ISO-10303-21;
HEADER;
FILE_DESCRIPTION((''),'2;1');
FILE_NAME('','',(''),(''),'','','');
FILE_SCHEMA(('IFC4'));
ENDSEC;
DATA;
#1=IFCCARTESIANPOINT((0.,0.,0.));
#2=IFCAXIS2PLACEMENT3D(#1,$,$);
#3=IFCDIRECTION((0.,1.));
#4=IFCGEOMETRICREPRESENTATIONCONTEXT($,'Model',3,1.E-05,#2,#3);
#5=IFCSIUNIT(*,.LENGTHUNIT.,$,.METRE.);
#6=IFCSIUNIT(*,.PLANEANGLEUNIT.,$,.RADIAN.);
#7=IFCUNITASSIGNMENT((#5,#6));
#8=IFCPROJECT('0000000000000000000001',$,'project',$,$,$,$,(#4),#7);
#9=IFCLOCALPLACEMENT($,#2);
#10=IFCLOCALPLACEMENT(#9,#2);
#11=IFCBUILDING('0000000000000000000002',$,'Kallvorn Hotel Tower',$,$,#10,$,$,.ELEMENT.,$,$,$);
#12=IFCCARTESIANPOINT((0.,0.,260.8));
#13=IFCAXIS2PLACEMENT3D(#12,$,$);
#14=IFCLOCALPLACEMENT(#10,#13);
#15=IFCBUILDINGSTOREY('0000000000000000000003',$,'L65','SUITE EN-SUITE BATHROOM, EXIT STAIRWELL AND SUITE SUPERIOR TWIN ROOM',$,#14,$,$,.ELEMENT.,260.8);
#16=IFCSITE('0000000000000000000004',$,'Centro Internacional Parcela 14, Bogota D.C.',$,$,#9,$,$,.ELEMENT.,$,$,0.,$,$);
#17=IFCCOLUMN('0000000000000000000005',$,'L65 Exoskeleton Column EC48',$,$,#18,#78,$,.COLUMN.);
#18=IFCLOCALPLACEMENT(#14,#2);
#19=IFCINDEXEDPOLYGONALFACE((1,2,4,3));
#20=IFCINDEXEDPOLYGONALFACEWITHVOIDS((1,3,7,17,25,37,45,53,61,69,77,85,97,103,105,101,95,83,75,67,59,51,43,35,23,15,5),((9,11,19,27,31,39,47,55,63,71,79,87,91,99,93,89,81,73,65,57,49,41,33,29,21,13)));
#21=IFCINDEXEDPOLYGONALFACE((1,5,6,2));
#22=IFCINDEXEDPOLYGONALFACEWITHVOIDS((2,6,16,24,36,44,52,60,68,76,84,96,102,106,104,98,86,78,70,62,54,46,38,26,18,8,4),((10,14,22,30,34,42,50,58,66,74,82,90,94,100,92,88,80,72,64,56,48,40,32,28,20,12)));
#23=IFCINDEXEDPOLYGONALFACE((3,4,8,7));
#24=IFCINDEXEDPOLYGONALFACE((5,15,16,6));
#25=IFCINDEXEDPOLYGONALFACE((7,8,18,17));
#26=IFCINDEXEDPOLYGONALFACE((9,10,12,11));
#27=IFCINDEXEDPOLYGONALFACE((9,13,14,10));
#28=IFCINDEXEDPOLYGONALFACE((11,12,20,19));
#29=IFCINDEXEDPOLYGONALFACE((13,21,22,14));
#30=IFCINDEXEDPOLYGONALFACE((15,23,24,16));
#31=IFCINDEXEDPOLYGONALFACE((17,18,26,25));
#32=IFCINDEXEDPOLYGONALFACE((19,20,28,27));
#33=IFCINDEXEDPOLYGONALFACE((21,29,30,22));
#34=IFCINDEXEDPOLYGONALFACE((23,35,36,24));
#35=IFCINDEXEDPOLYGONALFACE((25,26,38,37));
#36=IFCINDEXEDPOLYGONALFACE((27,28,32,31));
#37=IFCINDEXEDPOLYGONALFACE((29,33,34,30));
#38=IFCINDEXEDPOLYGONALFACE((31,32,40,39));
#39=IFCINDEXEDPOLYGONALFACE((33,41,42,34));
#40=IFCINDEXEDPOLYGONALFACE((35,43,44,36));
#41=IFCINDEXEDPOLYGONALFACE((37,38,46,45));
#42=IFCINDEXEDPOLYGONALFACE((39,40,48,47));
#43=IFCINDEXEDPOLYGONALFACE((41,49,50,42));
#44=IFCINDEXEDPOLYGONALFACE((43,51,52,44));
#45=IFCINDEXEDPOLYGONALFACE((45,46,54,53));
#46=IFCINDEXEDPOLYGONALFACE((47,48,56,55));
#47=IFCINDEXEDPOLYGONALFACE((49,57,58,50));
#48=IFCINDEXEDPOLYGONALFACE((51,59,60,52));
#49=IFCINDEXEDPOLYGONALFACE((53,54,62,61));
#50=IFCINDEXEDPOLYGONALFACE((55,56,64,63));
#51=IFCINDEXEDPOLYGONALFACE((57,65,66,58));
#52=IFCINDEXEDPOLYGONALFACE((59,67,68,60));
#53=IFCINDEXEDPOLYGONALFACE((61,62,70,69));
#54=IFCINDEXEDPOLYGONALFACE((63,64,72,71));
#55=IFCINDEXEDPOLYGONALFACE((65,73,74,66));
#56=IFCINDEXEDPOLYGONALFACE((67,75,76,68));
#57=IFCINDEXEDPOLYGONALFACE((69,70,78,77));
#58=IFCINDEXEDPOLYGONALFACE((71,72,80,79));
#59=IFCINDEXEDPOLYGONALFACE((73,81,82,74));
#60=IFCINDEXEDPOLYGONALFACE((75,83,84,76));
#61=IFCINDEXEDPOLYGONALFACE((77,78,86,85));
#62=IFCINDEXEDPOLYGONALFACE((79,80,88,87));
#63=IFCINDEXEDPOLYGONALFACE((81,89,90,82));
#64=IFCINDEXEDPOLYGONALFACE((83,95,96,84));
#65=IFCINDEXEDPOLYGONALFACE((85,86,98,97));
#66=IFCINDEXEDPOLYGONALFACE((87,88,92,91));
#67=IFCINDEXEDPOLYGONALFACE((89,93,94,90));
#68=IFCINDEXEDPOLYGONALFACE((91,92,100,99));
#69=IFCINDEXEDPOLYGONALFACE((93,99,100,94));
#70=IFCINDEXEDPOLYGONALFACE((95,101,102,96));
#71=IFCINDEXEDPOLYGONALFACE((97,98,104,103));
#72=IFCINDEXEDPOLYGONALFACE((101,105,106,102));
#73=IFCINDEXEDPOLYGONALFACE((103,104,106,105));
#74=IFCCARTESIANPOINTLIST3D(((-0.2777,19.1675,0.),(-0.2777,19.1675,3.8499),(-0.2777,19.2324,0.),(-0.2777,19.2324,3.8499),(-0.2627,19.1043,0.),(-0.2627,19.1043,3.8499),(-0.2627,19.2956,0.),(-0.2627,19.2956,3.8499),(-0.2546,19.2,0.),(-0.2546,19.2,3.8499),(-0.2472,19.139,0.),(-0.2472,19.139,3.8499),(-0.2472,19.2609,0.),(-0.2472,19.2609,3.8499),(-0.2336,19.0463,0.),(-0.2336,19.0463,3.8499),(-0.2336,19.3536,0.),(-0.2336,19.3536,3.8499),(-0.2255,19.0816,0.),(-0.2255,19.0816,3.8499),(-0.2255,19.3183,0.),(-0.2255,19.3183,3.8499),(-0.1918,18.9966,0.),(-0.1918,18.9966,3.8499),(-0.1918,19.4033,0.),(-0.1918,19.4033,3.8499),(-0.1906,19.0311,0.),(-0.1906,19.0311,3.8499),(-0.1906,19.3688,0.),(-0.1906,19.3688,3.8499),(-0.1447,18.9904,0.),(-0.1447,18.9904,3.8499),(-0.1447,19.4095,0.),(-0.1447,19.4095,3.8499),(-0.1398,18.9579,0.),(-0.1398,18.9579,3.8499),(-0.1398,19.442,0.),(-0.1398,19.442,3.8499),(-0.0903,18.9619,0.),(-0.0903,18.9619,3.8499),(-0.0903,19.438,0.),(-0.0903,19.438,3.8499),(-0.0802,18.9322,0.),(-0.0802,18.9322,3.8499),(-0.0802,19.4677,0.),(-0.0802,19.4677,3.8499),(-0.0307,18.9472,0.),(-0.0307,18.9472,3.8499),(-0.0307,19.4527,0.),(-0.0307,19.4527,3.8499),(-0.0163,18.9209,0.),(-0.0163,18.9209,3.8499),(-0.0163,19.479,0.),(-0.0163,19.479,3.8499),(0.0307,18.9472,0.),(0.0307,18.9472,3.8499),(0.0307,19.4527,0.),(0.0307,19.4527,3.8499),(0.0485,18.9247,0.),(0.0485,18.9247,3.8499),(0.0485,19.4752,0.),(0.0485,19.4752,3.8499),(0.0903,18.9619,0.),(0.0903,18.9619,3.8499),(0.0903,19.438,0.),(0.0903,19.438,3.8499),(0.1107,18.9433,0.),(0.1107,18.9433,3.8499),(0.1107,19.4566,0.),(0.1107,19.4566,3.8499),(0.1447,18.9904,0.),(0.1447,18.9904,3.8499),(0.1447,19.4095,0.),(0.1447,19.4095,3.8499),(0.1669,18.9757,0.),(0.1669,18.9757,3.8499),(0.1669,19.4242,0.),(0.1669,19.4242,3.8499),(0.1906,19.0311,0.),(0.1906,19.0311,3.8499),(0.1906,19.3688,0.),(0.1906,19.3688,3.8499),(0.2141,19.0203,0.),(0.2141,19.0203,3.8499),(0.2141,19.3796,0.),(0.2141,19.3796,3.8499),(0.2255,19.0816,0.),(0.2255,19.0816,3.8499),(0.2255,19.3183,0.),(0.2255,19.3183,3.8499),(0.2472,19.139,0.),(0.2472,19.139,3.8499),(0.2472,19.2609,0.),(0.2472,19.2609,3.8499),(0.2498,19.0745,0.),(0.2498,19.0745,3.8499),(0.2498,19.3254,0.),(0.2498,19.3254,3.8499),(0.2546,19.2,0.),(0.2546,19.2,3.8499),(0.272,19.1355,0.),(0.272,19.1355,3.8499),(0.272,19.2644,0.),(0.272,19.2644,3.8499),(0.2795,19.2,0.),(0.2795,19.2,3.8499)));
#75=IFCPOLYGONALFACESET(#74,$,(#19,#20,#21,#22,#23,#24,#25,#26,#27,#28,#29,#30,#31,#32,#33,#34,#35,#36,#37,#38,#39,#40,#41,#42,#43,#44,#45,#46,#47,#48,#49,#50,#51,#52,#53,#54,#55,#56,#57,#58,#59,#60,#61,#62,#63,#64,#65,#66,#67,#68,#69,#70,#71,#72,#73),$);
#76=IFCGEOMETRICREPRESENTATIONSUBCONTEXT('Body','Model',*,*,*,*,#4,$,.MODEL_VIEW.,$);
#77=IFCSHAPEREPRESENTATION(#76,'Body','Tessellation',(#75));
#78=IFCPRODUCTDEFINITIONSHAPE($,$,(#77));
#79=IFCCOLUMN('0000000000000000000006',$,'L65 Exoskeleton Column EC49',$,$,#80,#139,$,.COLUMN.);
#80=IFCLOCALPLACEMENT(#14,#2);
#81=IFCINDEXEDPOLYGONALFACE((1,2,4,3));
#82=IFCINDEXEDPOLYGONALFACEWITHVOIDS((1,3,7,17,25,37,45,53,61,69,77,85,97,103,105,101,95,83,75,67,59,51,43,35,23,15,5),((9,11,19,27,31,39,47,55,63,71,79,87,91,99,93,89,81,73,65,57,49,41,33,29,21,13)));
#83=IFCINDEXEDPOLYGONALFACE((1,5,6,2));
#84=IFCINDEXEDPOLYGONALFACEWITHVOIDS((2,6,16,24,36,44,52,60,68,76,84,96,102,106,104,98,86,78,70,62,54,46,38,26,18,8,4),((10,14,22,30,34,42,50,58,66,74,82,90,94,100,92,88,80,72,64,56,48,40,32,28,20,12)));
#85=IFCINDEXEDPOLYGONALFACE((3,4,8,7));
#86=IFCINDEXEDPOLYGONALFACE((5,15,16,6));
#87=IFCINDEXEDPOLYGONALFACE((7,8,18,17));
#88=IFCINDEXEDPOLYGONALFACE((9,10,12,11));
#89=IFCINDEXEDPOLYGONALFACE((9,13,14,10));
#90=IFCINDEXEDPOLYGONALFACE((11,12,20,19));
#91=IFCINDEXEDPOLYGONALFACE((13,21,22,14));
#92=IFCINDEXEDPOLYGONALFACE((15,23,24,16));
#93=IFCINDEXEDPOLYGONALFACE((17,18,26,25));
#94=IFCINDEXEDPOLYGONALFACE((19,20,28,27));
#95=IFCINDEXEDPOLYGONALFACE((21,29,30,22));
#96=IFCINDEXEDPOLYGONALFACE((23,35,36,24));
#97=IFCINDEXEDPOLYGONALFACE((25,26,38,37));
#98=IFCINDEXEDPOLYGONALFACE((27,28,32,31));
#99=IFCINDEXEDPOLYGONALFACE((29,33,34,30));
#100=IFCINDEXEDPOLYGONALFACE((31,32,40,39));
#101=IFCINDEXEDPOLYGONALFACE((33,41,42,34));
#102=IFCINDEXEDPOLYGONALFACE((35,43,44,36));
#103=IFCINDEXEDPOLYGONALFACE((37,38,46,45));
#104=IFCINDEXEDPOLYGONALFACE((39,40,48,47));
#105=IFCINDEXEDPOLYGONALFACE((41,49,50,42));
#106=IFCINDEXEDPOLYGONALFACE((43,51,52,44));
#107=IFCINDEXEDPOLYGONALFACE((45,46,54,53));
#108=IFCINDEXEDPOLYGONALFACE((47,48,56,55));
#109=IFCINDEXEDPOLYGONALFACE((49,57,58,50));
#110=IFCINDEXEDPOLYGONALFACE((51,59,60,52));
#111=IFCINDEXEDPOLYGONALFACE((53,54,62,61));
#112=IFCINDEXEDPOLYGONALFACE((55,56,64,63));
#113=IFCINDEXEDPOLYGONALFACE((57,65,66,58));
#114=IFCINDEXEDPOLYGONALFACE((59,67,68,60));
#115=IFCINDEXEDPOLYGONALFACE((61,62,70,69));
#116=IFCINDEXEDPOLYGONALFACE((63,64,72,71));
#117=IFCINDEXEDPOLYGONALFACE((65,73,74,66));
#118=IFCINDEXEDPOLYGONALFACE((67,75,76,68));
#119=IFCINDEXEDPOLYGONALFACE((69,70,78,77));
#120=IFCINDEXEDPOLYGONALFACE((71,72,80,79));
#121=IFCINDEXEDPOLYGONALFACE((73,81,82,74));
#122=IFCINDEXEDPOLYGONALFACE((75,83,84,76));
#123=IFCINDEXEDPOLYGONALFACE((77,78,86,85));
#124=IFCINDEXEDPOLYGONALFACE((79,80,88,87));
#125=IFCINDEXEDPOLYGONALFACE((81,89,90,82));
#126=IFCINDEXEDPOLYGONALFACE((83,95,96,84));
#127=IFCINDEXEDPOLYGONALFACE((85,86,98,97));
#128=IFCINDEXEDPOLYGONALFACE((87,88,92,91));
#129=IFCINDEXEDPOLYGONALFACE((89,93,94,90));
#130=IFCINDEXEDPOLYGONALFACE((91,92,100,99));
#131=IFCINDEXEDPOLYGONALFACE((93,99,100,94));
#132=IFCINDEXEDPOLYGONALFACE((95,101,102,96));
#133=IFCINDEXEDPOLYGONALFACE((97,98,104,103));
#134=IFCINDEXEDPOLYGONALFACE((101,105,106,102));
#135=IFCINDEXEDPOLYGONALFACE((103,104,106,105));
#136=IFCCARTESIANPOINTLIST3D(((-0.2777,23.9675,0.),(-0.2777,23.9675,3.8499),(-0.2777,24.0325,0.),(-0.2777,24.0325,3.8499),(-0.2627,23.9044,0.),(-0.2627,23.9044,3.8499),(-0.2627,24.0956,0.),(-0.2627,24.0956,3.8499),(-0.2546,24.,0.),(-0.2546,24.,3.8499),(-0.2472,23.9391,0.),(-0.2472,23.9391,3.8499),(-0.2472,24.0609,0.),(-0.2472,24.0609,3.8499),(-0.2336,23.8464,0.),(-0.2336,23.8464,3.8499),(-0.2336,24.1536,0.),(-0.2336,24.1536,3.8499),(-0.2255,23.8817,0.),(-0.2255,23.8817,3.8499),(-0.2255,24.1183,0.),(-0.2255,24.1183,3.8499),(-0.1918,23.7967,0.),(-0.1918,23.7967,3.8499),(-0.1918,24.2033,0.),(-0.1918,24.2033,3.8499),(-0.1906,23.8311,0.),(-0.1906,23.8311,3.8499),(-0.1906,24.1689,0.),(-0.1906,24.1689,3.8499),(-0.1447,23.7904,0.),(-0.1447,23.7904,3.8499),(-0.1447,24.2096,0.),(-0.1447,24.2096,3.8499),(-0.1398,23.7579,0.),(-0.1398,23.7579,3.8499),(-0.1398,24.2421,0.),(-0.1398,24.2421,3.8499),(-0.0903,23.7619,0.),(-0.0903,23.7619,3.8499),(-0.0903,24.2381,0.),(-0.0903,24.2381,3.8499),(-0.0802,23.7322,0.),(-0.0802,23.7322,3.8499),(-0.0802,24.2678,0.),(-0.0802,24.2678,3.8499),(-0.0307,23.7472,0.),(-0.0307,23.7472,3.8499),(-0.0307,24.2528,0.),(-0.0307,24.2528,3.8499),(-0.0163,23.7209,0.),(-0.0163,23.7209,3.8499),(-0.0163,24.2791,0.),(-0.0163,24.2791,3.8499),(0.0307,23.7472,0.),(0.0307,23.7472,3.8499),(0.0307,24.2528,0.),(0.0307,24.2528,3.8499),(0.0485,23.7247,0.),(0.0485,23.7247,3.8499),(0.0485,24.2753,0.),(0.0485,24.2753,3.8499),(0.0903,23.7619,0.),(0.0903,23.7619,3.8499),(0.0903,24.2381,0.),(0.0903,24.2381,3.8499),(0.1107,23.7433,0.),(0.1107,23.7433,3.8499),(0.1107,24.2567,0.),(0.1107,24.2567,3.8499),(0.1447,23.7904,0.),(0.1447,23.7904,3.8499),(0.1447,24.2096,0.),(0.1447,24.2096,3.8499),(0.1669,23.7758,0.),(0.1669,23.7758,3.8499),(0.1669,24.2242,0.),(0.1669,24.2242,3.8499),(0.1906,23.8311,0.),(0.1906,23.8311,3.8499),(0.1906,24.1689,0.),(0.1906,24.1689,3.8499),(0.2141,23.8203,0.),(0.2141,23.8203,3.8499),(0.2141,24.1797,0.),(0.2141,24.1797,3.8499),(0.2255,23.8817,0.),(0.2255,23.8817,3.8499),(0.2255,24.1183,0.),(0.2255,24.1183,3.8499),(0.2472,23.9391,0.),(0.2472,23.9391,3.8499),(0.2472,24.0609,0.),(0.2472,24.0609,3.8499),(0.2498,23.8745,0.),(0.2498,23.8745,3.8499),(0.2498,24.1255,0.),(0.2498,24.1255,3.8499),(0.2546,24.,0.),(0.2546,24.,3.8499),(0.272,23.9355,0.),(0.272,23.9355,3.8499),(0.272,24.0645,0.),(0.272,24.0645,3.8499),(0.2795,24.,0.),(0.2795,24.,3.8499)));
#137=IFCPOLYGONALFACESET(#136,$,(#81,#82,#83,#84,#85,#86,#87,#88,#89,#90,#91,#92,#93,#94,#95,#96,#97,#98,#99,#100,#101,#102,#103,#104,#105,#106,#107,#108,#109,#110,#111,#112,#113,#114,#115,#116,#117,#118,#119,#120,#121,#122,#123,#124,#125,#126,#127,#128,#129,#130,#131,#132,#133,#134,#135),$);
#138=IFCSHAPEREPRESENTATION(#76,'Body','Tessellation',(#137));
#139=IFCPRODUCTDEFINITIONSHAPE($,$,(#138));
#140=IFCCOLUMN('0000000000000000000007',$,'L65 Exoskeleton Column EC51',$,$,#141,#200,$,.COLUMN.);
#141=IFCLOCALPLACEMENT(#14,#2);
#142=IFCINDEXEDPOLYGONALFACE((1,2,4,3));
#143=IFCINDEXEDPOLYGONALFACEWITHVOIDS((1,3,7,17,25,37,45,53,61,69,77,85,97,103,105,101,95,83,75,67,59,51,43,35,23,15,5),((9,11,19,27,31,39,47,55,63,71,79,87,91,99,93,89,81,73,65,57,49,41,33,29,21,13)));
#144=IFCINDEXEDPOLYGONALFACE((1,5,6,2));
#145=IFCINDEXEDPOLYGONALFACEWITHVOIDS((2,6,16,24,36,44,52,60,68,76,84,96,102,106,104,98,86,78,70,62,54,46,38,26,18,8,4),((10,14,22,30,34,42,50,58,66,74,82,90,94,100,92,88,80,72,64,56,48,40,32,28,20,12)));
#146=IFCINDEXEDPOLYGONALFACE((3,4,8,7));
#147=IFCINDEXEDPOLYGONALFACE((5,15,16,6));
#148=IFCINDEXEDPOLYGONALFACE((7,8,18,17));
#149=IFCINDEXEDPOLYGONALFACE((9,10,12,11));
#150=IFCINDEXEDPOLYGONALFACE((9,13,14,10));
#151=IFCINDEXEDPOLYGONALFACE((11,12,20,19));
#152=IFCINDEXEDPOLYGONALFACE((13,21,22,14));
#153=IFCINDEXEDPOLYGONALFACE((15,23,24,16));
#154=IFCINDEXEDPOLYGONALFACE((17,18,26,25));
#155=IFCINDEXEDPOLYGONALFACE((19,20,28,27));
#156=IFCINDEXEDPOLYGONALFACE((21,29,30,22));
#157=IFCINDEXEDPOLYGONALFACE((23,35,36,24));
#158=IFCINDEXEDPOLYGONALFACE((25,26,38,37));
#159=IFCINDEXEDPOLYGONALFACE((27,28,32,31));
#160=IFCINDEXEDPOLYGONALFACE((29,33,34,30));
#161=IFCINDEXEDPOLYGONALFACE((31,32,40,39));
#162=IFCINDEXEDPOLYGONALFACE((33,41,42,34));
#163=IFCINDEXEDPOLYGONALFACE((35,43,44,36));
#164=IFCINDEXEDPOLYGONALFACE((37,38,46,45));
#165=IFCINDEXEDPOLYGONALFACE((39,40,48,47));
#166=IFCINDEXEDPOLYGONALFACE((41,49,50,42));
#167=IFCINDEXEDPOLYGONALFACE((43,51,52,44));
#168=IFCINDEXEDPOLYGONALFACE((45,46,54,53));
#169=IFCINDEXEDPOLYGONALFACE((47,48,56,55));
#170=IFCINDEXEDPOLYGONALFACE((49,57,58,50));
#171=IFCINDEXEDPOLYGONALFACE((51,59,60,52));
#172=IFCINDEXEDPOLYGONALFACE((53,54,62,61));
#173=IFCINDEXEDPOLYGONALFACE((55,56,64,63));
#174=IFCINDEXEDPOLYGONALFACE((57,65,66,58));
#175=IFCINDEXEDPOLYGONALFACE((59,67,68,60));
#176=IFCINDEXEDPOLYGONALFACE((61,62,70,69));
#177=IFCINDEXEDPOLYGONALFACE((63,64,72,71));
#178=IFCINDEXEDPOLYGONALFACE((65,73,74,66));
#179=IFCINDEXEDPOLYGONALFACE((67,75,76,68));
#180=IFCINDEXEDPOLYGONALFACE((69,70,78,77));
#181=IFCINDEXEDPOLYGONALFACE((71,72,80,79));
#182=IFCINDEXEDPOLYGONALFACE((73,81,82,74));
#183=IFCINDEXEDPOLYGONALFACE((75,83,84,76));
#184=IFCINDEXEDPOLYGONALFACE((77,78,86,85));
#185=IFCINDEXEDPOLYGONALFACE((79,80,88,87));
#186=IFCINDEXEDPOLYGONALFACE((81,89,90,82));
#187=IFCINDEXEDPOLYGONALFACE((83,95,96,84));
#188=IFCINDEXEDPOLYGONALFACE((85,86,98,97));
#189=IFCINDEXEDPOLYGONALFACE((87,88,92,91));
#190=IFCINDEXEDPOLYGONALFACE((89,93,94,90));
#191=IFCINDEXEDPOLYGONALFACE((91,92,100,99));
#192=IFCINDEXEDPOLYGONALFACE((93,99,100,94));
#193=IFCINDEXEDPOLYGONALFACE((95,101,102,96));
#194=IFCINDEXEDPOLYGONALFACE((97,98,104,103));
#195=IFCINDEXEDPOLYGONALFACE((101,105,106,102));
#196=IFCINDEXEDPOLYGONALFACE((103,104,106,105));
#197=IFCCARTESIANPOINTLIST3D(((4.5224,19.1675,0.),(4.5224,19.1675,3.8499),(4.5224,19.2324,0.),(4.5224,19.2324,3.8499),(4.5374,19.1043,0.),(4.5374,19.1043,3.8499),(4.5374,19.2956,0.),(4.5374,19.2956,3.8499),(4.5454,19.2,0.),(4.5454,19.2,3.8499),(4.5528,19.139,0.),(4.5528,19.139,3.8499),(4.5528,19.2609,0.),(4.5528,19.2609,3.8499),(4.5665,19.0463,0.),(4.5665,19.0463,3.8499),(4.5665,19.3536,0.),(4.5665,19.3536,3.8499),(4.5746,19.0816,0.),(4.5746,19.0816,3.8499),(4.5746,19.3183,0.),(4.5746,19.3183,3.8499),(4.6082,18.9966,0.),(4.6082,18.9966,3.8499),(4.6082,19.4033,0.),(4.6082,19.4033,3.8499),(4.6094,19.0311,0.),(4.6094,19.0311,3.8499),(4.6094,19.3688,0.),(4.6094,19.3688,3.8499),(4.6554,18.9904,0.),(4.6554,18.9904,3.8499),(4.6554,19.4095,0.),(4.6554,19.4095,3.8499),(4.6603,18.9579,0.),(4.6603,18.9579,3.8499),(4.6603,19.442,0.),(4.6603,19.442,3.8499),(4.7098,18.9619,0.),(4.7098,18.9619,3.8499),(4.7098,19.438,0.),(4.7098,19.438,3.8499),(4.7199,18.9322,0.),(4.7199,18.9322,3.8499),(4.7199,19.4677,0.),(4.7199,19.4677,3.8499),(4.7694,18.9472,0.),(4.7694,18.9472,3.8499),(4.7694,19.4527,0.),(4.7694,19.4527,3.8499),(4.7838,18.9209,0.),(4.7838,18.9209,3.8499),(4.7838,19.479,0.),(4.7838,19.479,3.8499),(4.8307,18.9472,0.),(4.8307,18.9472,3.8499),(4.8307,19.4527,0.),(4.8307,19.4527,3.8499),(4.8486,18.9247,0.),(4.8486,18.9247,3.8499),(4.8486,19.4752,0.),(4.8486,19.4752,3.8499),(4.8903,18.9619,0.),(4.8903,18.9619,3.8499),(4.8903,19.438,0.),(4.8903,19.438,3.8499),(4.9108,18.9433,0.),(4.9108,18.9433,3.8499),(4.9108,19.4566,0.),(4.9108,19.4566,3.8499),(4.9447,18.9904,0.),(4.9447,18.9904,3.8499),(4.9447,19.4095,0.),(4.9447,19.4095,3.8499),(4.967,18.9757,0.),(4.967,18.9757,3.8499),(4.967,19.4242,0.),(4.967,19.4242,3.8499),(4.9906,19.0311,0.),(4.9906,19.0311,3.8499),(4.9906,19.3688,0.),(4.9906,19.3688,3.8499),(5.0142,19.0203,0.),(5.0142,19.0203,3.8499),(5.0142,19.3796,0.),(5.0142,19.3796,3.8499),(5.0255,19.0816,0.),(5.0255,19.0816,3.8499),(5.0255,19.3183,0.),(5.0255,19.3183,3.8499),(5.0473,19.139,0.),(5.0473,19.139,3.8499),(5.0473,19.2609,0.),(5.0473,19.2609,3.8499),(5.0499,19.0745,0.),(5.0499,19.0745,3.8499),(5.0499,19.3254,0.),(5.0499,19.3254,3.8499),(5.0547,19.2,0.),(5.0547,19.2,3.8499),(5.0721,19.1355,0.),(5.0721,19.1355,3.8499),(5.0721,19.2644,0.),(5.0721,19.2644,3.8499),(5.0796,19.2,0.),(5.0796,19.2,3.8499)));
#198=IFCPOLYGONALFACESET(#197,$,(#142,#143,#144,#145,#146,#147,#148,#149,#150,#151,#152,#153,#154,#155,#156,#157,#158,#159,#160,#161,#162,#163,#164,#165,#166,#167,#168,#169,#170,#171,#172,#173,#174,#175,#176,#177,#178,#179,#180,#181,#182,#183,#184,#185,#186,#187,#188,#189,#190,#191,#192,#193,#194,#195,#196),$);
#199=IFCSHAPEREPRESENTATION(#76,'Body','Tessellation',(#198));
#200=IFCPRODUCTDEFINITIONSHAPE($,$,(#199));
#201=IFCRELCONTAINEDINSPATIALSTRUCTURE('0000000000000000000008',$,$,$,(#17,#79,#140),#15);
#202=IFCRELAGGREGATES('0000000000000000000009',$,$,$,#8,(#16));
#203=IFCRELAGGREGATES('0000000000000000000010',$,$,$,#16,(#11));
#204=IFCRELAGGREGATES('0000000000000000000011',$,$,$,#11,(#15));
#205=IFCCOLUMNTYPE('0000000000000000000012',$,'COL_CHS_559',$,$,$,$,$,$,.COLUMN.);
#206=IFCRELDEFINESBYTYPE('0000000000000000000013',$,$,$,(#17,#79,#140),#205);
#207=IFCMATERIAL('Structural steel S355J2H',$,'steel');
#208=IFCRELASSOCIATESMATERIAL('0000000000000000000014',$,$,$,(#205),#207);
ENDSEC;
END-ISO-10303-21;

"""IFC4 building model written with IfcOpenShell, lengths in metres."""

from ifc_helpers import new_model, si_unit, direction, frame, origin, origin_2d, place, context, subcontext, project, spatial, hollow_circle, extrude, material, material_profile, profile_set, type_object, element, save


model = new_model("IFC4")

# Units and contexts
model_context = context("Model", 3, precision=1e-05, world=origin(), true_north=direction((0.0, 1.0)))
body_context = subcontext(model_context, "Body", "Model", "MODEL_VIEW")
ifc_project = project(units=[si_unit("LENGTHUNIT", "METRE"), si_unit("PLANEANGLEUNIT", "RADIAN")], contexts=[model_context])

# Site, building, storey
site_placement = place(None, origin())
site = spatial("IfcSite", under=ifc_project, at=site_placement, Name="Centro Internacional Parcela 14, Bogota D.C.", CompositionType="ELEMENT", RefElevation=0.0)
building_placement = place(site_placement, origin())
building = spatial("IfcBuilding", under=site, at=building_placement, Name="Kallvorn Hotel Tower", CompositionType="ELEMENT")
storey_placement = place(building_placement, frame((0.0, 0.0, 260.8)))
storey = spatial("IfcBuildingStorey", under=building, at=storey_placement, Name="L65", Description="SUITE EN-SUITE BATHROOM, EXIT STAIRWELL AND SUITE SUPERIOR TWIN ROOM", CompositionType="ELEMENT", Elevation=260.8)

# Columns
ifc_material_1 = material(Name="Structural steel S355J2H", Category="steel")
ifc_material_profile_1 = material_profile(ifc_material_1, hollow_circle(Radius=0.2795, WallThickness=0.0249, at=origin_2d()), Name="CHS 559x25")
ifc_profile_set_1 = profile_set([ifc_material_profile_1], Name="Structural steel S355J2H")
column_type_1 = type_object("IfcColumnType", Name="COL_CHS_559", PredefinedType="COLUMN", material=ifc_profile_set_1)
for number, where, z_axis, x_axis, name in (
    (1, (0.0, 19.2, 0.0), (0.0, 0.0, 1.0), (1.0, 0.0, 0.0), "L65 Exoskeleton Column EC48"),
    (2, (0.0, 24.0, 0.0), (0.0, 0.0, 1.0), (1.0, 0.0, 0.0), "L65 Exoskeleton Column EC49"),
    (3, (4.8, 19.2, 0.0), (0.0, 0.0, 1.0), (1.0, 0.0, 0.0), "L65 Exoskeleton Column EC51"),
):
    element("IfcColumn", number, at=place(storey_placement, frame(where, z_axis=z_axis, x_axis=x_axis)), inside=storey, type_object=column_type_1, Name=name, PredefinedType="COLUMN", context=body_context, shape_type="SweptSolid", body=[
        extrude(hollow_circle(Radius=0.2795, WallThickness=0.0249, at=origin_2d()), origin(), (0.0, 0.0, 1.0), 3.8499),
    ])

save(model, "model.ifc")
